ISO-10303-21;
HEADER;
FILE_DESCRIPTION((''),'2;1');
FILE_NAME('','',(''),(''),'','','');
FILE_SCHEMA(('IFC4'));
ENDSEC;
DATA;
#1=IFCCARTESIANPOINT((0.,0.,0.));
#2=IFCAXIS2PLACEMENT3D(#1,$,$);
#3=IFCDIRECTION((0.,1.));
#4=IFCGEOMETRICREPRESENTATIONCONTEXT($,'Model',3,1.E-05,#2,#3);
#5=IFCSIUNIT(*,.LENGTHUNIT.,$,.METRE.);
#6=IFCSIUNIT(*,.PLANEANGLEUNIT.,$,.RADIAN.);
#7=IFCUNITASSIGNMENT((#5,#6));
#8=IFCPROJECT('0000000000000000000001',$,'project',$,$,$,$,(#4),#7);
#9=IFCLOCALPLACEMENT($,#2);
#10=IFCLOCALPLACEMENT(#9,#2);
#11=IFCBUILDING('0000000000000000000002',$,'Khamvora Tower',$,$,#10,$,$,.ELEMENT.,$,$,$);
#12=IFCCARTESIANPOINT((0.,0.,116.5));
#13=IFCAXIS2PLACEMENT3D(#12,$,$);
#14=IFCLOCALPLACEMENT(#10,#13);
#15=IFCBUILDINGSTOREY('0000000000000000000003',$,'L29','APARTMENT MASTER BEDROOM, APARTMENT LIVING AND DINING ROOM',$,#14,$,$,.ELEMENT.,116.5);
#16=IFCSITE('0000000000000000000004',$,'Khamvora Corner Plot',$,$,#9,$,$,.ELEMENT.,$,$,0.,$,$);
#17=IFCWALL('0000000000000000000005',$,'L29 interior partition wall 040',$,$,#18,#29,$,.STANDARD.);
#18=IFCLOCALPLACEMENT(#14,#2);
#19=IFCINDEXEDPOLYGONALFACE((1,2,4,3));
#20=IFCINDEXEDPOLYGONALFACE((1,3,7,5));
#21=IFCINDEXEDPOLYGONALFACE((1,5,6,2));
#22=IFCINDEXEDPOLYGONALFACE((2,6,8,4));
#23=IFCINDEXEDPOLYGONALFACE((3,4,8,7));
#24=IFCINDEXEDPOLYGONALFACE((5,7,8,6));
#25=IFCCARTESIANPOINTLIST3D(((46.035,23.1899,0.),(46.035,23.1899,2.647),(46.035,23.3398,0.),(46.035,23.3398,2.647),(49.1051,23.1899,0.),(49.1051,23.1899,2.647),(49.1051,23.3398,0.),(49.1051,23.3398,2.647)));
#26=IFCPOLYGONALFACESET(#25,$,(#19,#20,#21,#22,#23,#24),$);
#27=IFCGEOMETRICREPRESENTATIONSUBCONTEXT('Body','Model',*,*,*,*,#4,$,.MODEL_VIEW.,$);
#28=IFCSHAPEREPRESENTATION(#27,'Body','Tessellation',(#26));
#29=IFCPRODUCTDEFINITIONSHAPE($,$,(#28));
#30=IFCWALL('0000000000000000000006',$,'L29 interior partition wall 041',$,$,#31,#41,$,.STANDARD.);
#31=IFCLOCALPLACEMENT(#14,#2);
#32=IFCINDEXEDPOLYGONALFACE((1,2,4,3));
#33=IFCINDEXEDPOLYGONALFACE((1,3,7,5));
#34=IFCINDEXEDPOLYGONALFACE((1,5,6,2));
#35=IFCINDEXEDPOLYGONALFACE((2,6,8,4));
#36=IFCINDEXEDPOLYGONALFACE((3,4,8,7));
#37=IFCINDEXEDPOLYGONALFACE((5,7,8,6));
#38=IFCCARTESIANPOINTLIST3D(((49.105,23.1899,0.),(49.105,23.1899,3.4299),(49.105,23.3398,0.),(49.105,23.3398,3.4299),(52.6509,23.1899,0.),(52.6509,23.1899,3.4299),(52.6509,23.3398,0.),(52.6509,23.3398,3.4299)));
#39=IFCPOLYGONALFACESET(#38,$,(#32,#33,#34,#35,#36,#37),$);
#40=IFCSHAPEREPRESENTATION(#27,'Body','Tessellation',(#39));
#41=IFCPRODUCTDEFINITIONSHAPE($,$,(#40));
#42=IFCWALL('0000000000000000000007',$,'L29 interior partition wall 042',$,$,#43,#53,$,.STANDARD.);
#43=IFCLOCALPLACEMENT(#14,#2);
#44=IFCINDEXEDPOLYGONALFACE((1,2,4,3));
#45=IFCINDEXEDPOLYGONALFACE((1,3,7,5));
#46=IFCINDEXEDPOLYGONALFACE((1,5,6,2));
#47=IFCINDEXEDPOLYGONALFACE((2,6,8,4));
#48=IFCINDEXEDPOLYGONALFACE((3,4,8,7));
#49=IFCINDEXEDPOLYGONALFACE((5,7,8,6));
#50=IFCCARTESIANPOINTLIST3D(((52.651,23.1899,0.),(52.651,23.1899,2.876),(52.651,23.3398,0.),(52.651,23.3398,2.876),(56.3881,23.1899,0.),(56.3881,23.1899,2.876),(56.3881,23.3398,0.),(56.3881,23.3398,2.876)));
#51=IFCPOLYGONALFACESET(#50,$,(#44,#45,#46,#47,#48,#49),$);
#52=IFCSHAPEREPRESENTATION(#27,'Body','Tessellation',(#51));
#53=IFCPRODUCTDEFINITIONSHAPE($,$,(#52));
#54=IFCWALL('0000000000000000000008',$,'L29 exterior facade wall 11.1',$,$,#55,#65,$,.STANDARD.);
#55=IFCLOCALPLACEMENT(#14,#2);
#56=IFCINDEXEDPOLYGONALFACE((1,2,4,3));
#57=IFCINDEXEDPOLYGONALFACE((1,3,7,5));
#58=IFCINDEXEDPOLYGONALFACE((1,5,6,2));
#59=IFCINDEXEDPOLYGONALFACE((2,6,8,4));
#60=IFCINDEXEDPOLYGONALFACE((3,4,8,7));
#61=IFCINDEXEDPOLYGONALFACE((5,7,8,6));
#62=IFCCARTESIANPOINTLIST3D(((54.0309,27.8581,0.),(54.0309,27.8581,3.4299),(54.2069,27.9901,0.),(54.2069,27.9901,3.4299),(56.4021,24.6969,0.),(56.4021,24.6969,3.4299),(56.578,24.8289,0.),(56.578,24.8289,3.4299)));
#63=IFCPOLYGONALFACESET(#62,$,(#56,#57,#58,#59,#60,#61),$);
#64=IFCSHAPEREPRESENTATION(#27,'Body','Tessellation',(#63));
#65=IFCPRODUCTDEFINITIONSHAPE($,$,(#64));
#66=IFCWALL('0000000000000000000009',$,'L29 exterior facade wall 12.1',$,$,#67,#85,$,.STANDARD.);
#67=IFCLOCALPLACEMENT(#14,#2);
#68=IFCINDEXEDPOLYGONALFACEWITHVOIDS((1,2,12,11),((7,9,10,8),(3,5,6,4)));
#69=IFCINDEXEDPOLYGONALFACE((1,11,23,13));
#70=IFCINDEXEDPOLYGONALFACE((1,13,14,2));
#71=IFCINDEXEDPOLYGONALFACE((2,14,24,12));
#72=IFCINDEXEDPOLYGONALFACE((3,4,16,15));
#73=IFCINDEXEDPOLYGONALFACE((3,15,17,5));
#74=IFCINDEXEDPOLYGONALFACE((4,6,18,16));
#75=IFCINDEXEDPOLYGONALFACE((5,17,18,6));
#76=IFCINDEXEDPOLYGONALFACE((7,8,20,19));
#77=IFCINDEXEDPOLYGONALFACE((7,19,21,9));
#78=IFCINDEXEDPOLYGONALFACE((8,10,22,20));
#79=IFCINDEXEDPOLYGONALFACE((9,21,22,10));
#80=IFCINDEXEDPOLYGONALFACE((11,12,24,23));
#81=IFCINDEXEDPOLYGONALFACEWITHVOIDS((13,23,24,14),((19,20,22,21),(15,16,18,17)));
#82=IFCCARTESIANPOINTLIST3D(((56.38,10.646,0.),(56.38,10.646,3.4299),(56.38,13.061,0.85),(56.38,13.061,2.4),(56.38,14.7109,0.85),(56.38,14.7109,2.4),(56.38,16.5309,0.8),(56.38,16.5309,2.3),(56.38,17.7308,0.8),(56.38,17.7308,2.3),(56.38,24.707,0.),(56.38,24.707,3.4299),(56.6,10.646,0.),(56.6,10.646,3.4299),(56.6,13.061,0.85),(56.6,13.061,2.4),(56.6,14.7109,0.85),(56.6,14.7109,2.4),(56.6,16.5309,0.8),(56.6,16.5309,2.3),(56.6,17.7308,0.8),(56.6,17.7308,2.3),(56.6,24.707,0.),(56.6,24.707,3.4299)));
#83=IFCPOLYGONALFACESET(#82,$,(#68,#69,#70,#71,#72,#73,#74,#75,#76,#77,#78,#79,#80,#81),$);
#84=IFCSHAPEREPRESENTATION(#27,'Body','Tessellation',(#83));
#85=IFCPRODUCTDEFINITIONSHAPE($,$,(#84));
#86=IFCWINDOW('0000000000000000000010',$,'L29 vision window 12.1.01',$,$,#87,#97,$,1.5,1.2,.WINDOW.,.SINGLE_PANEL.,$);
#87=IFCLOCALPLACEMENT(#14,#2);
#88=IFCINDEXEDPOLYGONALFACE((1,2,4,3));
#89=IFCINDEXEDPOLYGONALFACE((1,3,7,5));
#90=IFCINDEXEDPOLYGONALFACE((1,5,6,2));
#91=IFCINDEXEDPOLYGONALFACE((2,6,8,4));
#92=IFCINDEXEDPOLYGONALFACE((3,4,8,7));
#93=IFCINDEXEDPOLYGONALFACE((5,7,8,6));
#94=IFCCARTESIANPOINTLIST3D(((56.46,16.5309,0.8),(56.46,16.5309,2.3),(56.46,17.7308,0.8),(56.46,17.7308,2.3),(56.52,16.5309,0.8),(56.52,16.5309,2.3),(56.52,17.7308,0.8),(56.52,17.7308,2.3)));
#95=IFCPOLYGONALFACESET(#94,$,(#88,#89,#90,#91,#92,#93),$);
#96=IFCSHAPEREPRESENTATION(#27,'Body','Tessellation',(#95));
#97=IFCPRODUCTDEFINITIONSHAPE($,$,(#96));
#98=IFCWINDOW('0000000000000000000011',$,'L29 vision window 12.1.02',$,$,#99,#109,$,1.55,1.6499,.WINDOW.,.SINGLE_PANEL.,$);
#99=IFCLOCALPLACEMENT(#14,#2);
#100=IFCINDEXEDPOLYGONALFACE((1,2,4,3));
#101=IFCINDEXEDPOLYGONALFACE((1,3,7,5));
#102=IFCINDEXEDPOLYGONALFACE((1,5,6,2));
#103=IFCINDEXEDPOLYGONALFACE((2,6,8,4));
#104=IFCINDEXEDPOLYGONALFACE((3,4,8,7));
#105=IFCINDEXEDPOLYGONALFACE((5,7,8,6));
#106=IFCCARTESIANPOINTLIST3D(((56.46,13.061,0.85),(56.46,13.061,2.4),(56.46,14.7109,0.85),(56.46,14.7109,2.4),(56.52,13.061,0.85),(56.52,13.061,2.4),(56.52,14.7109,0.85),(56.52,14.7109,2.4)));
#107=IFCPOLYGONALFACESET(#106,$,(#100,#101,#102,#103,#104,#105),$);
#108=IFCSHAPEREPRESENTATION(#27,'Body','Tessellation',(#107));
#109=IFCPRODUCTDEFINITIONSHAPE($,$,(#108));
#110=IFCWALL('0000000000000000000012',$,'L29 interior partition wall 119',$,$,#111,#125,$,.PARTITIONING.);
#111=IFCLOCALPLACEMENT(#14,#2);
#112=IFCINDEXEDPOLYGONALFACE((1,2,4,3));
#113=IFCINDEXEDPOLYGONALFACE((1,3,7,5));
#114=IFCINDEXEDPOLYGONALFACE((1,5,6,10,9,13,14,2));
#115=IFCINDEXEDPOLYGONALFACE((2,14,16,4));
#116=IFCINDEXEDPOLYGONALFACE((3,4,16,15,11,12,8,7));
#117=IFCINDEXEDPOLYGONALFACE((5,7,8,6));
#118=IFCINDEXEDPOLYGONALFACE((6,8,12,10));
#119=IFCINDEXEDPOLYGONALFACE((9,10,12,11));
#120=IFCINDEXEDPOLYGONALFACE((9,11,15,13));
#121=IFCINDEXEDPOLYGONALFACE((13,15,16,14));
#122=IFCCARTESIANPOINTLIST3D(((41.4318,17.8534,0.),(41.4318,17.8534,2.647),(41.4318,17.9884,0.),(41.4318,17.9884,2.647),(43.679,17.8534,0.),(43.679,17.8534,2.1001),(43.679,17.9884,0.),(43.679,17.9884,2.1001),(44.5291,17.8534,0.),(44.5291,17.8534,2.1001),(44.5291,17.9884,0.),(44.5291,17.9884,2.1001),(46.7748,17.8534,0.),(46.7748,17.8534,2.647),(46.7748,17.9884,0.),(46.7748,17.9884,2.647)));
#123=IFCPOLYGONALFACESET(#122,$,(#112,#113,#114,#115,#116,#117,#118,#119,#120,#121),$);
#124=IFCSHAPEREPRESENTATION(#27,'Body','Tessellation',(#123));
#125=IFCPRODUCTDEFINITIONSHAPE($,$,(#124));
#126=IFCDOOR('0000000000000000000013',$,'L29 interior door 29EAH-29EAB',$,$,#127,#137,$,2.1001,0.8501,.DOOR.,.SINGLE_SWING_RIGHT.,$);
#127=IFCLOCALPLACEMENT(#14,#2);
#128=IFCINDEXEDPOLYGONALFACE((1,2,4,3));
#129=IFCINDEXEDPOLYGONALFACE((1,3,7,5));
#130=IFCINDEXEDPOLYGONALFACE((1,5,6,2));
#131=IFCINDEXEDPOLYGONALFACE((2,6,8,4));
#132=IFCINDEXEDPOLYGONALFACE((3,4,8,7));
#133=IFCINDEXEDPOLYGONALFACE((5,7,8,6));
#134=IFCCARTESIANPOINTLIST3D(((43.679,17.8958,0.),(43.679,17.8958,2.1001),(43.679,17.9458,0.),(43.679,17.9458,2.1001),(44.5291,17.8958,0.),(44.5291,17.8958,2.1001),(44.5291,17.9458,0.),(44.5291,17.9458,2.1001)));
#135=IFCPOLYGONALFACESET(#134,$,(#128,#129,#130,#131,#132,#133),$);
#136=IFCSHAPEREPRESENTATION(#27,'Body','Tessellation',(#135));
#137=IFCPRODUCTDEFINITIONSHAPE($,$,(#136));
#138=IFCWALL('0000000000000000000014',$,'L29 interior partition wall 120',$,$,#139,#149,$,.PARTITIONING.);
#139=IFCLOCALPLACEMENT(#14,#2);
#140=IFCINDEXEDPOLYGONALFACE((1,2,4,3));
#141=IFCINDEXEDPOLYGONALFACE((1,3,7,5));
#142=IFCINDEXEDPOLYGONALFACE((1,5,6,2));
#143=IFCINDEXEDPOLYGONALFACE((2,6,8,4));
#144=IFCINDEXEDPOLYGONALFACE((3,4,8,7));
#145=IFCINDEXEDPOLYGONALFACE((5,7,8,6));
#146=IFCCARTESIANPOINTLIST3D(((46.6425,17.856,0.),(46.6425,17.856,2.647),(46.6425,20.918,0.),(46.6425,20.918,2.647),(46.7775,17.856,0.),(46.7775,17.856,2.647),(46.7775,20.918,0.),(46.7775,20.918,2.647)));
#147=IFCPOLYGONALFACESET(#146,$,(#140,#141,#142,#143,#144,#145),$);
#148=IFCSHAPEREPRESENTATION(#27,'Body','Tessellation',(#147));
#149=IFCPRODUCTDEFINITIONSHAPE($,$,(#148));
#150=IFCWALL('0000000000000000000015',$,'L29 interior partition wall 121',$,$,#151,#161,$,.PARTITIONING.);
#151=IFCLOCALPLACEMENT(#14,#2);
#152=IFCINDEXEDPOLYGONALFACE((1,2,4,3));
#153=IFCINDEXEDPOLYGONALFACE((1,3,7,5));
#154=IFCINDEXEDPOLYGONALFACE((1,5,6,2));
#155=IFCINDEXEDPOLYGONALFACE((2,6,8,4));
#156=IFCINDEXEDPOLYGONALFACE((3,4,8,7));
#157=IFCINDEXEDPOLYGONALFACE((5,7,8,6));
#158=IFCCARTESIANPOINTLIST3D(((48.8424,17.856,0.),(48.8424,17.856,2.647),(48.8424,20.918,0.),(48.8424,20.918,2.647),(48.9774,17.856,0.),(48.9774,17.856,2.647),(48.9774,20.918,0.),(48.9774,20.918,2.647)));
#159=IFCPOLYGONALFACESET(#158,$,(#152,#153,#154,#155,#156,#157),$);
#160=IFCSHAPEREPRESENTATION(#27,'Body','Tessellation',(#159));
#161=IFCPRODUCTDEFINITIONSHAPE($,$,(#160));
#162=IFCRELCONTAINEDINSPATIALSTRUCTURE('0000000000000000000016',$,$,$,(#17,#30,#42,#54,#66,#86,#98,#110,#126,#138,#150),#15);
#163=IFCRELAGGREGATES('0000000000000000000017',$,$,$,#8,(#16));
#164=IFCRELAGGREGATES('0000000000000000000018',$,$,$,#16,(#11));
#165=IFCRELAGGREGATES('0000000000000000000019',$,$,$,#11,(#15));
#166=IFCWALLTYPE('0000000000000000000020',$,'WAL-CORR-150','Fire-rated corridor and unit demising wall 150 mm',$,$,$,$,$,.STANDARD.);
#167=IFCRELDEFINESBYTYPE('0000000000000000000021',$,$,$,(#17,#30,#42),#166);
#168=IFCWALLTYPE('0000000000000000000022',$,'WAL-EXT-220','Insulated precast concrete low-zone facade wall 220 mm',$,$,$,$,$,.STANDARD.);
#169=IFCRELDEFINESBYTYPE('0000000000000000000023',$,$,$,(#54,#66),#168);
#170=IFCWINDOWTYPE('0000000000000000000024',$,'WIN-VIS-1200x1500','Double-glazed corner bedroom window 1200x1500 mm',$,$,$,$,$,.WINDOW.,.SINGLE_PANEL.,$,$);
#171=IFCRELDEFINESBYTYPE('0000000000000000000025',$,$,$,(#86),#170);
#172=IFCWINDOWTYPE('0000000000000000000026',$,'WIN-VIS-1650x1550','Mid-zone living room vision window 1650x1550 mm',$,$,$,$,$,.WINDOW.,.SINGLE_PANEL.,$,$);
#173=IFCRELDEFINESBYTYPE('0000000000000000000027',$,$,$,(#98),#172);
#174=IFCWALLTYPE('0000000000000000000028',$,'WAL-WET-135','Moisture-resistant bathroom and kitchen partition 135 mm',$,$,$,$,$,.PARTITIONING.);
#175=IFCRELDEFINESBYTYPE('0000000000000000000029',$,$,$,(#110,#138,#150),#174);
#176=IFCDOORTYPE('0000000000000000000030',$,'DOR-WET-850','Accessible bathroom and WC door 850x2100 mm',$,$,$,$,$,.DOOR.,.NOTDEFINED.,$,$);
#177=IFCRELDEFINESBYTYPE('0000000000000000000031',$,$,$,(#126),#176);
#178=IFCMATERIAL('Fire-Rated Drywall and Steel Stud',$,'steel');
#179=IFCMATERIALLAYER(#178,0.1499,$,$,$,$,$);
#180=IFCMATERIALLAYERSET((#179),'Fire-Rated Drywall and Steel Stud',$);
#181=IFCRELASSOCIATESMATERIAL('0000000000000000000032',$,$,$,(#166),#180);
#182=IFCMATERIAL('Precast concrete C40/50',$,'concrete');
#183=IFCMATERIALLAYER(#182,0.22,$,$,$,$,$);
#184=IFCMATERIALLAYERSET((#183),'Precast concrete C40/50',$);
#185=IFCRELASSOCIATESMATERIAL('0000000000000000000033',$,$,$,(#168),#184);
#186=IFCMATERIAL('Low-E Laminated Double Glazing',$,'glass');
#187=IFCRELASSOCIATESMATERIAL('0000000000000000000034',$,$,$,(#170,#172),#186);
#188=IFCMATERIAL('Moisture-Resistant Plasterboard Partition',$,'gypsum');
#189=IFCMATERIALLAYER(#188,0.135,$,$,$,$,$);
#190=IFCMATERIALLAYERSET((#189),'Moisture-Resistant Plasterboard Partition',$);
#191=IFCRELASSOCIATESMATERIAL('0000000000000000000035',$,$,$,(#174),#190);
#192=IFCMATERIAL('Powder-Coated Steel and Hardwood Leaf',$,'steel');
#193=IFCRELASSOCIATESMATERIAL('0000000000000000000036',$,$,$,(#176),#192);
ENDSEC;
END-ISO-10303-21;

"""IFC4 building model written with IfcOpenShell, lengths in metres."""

from ifc_helpers import new_model, si_unit, direction, frame, frame_2d, origin, place, context, subcontext, project, spatial, rectangle, extrude, material, layer, layer_set, type_object, element, fill, save


model = new_model("IFC4")

# Units and contexts
model_context = context("Model", 3, precision=1e-05, world=origin(), true_north=direction((0.0, 1.0)))
body_context = subcontext(model_context, "Body", "Model", "MODEL_VIEW")
ifc_project = project(units=[si_unit("LENGTHUNIT", "METRE"), si_unit("PLANEANGLEUNIT", "RADIAN")], contexts=[model_context])

# Site, building, storey
site_placement = place(None, origin())
site = spatial("IfcSite", under=ifc_project, at=site_placement, Name="Khamvora Corner Plot", CompositionType="ELEMENT", RefElevation=0.0)
building_placement = place(site_placement, origin())
building = spatial("IfcBuilding", under=site, at=building_placement, Name="Khamvora Tower", CompositionType="ELEMENT")
storey_placement = place(building_placement, frame((0.0, 0.0, 116.5)))
storey = spatial("IfcBuildingStorey", under=building, at=storey_placement, Name="L29", Description="APARTMENT MASTER BEDROOM, APARTMENT LIVING AND DINING ROOM", CompositionType="ELEMENT", Elevation=116.5)

# Shared definitions
ifc_material_1 = material(Name="Fire-Rated Drywall and Steel Stud", Category="steel")
ifc_layer_1 = layer(ifc_material_1, 0.1499)
ifc_layer_set_1 = layer_set([ifc_layer_1], Name="Fire-Rated Drywall and Steel Stud")
wall_type_1 = type_object("IfcWallType", Name="WAL-CORR-150", Description="Fire-rated corridor and unit demising wall 150 mm", PredefinedType="STANDARD", material=ifc_layer_set_1)
ifc_material_2 = material(Name="Powder-Coated Steel and Hardwood Leaf", Category="steel")

# Walls
wall_1_placement = place(storey_placement, frame((46.0349, 23.2649, 0.0), z_axis=(0.0, 0.0, 1.0), x_axis=(1.0, 0.0, 0.0)))
element("IfcWall", 1, at=wall_1_placement, inside=storey, type_object=wall_type_1, Name="L29 interior partition wall 040", PredefinedType="STANDARD", context=body_context, shape_type="SweptSolid", body=[
    extrude(rectangle(XDim=3.0701, YDim=0.1499, at=frame_2d((1.5352, 0.0))), origin(), (0.0, 0.0, 1.0), 2.647),
])
wall_2_placement = place(storey_placement, frame((49.105, 23.2649, 0.0), z_axis=(0.0, 0.0, 1.0), x_axis=(1.0, 0.0, 0.0)))
element("IfcWall", 2, at=wall_2_placement, inside=storey, type_object=wall_type_1, Name="L29 interior partition wall 041", PredefinedType="STANDARD", context=body_context, shape_type="SweptSolid", body=[
    extrude(rectangle(XDim=3.5459, YDim=0.1499, at=frame_2d((1.7729, 0.0))), origin(), (0.0, 0.0, 1.0), 3.4299),
])
wall_3_placement = place(storey_placement, frame((52.6509, 23.2649, 0.0), z_axis=(0.0, 0.0, 1.0), x_axis=(1.0, 0.0, 0.0)))
element("IfcWall", 3, at=wall_3_placement, inside=storey, type_object=wall_type_1, Name="L29 interior partition wall 042", PredefinedType="STANDARD", context=body_context, shape_type="SweptSolid", body=[
    extrude(rectangle(XDim=3.7371, YDim=0.1499, at=frame_2d((1.8687, 0.0))), origin(), (0.0, 0.0, 1.0), 2.876),
])
ifc_material_3 = material(Name="Precast concrete C40/50", Category="concrete")
ifc_layer_2 = layer(ifc_material_3, 0.22)
ifc_layer_set_2 = layer_set([ifc_layer_2], Name="Precast concrete C40/50")
wall_type_2 = type_object("IfcWallType", Name="WAL-EXT-220", Description="Insulated precast concrete low-zone facade wall 220 mm", PredefinedType="STANDARD", material=ifc_layer_set_2)
wall_4_placement = place(storey_placement, frame((54.1189, 27.9241, 0.0), z_axis=(0.0, 0.0, 1.0), x_axis=(0.60004, -0.79997, 0.0)))
element("IfcWall", 4, at=wall_4_placement, inside=storey, type_object=wall_type_2, Name="L29 exterior facade wall 11.1", PredefinedType="STANDARD", context=body_context, shape_type="SweptSolid", body=[
    extrude(rectangle(XDim=3.9517, YDim=0.22, at=frame_2d((1.9758, 0.0))), origin(), (0.0, 0.0, 1.0), 3.4299),
])

# Wall, openings, windows
wall_5_placement = place(storey_placement, frame((56.49, 24.707, 0.0), z_axis=(0.0, 0.0, 1.0), x_axis=(0.0, -1.0, 0.0)))
wall_5 = element("IfcWall", 5, at=wall_5_placement, inside=storey, type_object=wall_type_2, Name="L29 exterior facade wall 12.1", PredefinedType="STANDARD", context=body_context, shape_type="SweptSolid", body=[
    extrude(rectangle(XDim=14.061, YDim=0.22, at=frame_2d((7.0305, 0.0))), origin(), (0.0, 0.0, 1.0), 3.4299),
])
opening_1_placement = place(wall_5_placement, frame((6.9761, 0.0, 0.8)))
opening_1 = element("IfcOpeningElement", 6, at=opening_1_placement, cuts=wall_5, PredefinedType="OPENING", context=body_context, shape_type="SweptSolid", body=[
    extrude(rectangle(XDim=1.2, YDim=1.5, at=frame_2d((0.6001, 0.75))), frame((0.0, 0.1199, 0.0), z_axis=(0.0, -1.0, 0.0), x_axis=(1.0, 0.0, 0.0)), (0.0, 0.0, 1.0), 0.24),
])
opening_2_placement = place(wall_5_placement, frame((9.9961, 0.0, 0.8501)))
opening_2 = element("IfcOpeningElement", 7, at=opening_2_placement, cuts=wall_5, PredefinedType="OPENING", context=body_context, shape_type="SweptSolid", body=[
    extrude(rectangle(XDim=1.6499, YDim=1.55, at=frame_2d((0.825, 0.7749))), frame((0.0, 0.1199, 0.0), z_axis=(0.0, -1.0, 0.0), x_axis=(1.0, 0.0, 0.0)), (0.0, 0.0, 1.0), 0.24),
])
ifc_material_4 = material(Name="Low-E Laminated Double Glazing", Category="glass")
window_type_1 = type_object("IfcWindowType", Name="WIN-VIS-1200x1500", Description="Double-glazed corner bedroom window 1200x1500 mm", PartitioningType="SINGLE_PANEL", PredefinedType="WINDOW", material=ifc_material_4)
window_1_placement = place(opening_1_placement, origin())
window_1 = element("IfcWindow", 8, at=window_1_placement, inside=storey, type_object=window_type_1, Name="L29 vision window 12.1.01", OverallHeight=1.5, OverallWidth=1.2, PartitioningType="SINGLE_PANEL", PredefinedType="WINDOW", context=body_context, shape_type="SweptSolid", body=[
    extrude(rectangle(XDim=1.2, YDim=1.5, at=frame_2d((0.6001, 0.75))), frame((0.0, 0.03, 0.0), z_axis=(0.0, -1.0, 0.0), x_axis=(1.0, 0.0, 0.0)), (0.0, 0.0, 1.0), 0.0601),
])
fill(opening_1, window_1)
window_type_2 = type_object("IfcWindowType", Name="WIN-VIS-1650x1550", Description="Mid-zone living room vision window 1650x1550 mm", PartitioningType="SINGLE_PANEL", PredefinedType="WINDOW", material=ifc_material_4)
window_2_placement = place(opening_2_placement, origin())
window_2 = element("IfcWindow", 9, at=window_2_placement, inside=storey, type_object=window_type_2, Name="L29 vision window 12.1.02", OverallHeight=1.55, OverallWidth=1.6499, PartitioningType="SINGLE_PANEL", PredefinedType="WINDOW", context=body_context, shape_type="SweptSolid", body=[
    extrude(rectangle(XDim=1.6499, YDim=1.55, at=frame_2d((0.825, 0.7749))), frame((0.0, 0.03, 0.0), z_axis=(0.0, -1.0, 0.0), x_axis=(1.0, 0.0, 0.0)), (0.0, 0.0, 1.0), 0.0601),
])
fill(opening_2, window_2)

# Wall, opening, door
ifc_material_5 = material(Name="Moisture-Resistant Plasterboard Partition", Category="gypsum")
ifc_layer_3 = layer(ifc_material_5, 0.135)
ifc_layer_set_3 = layer_set([ifc_layer_3], Name="Moisture-Resistant Plasterboard Partition")
wall_type_3 = type_object("IfcWallType", Name="WAL-WET-135", Description="Moisture-resistant bathroom and kitchen partition 135 mm", PredefinedType="PARTITIONING", material=ifc_layer_set_3)
wall_6_placement = place(storey_placement, frame((41.4319, 17.9209, 0.0), z_axis=(0.0, 0.0, 1.0), x_axis=(1.0, 0.0, 0.0)))
wall_6 = element("IfcWall", 10, at=wall_6_placement, inside=storey, type_object=wall_type_3, Name="L29 interior partition wall 119", PredefinedType="PARTITIONING", context=body_context, shape_type="SweptSolid", body=[
    extrude(rectangle(XDim=5.343, YDim=0.135, at=frame_2d((2.6714, 0.0))), origin(), (0.0, 0.0, 1.0), 2.647),
])
opening_3_placement = place(wall_6_placement, frame((2.2471, 0.0, 0.0)))
opening_3 = element("IfcOpeningElement", 11, at=opening_3_placement, cuts=wall_6, PredefinedType="OPENING", context=body_context, shape_type="SweptSolid", body=[
    extrude(rectangle(XDim=0.8501, YDim=2.1001, at=frame_2d((0.425, 1.05))), frame((0.0, 0.0774, 0.0), z_axis=(0.0, -1.0, 0.0), x_axis=(1.0, 0.0, 0.0)), (0.0, 0.0, 1.0), 0.155),
])
door_type_1 = type_object("IfcDoorType", Name="DOR-WET-850", Description="Accessible bathroom and WC door 850x2100 mm", OperationType="NOTDEFINED", PredefinedType="DOOR", material=ifc_material_2)
door_1_placement = place(opening_3_placement, origin())
door_1 = element("IfcDoor", 12, at=door_1_placement, inside=storey, type_object=door_type_1, Name="L29 interior door 29EAH-29EAB", OperationType="SINGLE_SWING_RIGHT", OverallHeight=2.1001, OverallWidth=0.8501, PredefinedType="DOOR", context=body_context, shape_type="SweptSolid", body=[
    extrude(rectangle(XDim=0.8501, YDim=2.1001, at=frame_2d((0.425, 1.05))), frame((0.0, 0.0249, 0.0), z_axis=(0.0, -1.0, 0.0), x_axis=(1.0, 0.0, 0.0)), (0.0, 0.0, 1.0), 0.05),
])
fill(opening_3, door_1)

# Walls
for number, where, z_axis, x_axis, name in (
    (13, (46.71, 17.856, 0.0), (0.0, 0.0, 1.0), (0.0, 1.0, 0.0), "L29 interior partition wall 120"),
    (14, (48.9099, 20.918, 0.0), (0.0, 0.0, 1.0), (0.0, -1.0, 0.0), "L29 interior partition wall 121"),
):
    element("IfcWall", number, at=place(storey_placement, frame(where, z_axis=z_axis, x_axis=x_axis)), inside=storey, type_object=wall_type_3, Name=name, PredefinedType="PARTITIONING", context=body_context, shape_type="SweptSolid", body=[
        extrude(rectangle(XDim=3.062, YDim=0.135, at=frame_2d((1.531, 0.0))), origin(), (0.0, 0.0, 1.0), 2.647),
    ])

save(model, "model.ifc")
